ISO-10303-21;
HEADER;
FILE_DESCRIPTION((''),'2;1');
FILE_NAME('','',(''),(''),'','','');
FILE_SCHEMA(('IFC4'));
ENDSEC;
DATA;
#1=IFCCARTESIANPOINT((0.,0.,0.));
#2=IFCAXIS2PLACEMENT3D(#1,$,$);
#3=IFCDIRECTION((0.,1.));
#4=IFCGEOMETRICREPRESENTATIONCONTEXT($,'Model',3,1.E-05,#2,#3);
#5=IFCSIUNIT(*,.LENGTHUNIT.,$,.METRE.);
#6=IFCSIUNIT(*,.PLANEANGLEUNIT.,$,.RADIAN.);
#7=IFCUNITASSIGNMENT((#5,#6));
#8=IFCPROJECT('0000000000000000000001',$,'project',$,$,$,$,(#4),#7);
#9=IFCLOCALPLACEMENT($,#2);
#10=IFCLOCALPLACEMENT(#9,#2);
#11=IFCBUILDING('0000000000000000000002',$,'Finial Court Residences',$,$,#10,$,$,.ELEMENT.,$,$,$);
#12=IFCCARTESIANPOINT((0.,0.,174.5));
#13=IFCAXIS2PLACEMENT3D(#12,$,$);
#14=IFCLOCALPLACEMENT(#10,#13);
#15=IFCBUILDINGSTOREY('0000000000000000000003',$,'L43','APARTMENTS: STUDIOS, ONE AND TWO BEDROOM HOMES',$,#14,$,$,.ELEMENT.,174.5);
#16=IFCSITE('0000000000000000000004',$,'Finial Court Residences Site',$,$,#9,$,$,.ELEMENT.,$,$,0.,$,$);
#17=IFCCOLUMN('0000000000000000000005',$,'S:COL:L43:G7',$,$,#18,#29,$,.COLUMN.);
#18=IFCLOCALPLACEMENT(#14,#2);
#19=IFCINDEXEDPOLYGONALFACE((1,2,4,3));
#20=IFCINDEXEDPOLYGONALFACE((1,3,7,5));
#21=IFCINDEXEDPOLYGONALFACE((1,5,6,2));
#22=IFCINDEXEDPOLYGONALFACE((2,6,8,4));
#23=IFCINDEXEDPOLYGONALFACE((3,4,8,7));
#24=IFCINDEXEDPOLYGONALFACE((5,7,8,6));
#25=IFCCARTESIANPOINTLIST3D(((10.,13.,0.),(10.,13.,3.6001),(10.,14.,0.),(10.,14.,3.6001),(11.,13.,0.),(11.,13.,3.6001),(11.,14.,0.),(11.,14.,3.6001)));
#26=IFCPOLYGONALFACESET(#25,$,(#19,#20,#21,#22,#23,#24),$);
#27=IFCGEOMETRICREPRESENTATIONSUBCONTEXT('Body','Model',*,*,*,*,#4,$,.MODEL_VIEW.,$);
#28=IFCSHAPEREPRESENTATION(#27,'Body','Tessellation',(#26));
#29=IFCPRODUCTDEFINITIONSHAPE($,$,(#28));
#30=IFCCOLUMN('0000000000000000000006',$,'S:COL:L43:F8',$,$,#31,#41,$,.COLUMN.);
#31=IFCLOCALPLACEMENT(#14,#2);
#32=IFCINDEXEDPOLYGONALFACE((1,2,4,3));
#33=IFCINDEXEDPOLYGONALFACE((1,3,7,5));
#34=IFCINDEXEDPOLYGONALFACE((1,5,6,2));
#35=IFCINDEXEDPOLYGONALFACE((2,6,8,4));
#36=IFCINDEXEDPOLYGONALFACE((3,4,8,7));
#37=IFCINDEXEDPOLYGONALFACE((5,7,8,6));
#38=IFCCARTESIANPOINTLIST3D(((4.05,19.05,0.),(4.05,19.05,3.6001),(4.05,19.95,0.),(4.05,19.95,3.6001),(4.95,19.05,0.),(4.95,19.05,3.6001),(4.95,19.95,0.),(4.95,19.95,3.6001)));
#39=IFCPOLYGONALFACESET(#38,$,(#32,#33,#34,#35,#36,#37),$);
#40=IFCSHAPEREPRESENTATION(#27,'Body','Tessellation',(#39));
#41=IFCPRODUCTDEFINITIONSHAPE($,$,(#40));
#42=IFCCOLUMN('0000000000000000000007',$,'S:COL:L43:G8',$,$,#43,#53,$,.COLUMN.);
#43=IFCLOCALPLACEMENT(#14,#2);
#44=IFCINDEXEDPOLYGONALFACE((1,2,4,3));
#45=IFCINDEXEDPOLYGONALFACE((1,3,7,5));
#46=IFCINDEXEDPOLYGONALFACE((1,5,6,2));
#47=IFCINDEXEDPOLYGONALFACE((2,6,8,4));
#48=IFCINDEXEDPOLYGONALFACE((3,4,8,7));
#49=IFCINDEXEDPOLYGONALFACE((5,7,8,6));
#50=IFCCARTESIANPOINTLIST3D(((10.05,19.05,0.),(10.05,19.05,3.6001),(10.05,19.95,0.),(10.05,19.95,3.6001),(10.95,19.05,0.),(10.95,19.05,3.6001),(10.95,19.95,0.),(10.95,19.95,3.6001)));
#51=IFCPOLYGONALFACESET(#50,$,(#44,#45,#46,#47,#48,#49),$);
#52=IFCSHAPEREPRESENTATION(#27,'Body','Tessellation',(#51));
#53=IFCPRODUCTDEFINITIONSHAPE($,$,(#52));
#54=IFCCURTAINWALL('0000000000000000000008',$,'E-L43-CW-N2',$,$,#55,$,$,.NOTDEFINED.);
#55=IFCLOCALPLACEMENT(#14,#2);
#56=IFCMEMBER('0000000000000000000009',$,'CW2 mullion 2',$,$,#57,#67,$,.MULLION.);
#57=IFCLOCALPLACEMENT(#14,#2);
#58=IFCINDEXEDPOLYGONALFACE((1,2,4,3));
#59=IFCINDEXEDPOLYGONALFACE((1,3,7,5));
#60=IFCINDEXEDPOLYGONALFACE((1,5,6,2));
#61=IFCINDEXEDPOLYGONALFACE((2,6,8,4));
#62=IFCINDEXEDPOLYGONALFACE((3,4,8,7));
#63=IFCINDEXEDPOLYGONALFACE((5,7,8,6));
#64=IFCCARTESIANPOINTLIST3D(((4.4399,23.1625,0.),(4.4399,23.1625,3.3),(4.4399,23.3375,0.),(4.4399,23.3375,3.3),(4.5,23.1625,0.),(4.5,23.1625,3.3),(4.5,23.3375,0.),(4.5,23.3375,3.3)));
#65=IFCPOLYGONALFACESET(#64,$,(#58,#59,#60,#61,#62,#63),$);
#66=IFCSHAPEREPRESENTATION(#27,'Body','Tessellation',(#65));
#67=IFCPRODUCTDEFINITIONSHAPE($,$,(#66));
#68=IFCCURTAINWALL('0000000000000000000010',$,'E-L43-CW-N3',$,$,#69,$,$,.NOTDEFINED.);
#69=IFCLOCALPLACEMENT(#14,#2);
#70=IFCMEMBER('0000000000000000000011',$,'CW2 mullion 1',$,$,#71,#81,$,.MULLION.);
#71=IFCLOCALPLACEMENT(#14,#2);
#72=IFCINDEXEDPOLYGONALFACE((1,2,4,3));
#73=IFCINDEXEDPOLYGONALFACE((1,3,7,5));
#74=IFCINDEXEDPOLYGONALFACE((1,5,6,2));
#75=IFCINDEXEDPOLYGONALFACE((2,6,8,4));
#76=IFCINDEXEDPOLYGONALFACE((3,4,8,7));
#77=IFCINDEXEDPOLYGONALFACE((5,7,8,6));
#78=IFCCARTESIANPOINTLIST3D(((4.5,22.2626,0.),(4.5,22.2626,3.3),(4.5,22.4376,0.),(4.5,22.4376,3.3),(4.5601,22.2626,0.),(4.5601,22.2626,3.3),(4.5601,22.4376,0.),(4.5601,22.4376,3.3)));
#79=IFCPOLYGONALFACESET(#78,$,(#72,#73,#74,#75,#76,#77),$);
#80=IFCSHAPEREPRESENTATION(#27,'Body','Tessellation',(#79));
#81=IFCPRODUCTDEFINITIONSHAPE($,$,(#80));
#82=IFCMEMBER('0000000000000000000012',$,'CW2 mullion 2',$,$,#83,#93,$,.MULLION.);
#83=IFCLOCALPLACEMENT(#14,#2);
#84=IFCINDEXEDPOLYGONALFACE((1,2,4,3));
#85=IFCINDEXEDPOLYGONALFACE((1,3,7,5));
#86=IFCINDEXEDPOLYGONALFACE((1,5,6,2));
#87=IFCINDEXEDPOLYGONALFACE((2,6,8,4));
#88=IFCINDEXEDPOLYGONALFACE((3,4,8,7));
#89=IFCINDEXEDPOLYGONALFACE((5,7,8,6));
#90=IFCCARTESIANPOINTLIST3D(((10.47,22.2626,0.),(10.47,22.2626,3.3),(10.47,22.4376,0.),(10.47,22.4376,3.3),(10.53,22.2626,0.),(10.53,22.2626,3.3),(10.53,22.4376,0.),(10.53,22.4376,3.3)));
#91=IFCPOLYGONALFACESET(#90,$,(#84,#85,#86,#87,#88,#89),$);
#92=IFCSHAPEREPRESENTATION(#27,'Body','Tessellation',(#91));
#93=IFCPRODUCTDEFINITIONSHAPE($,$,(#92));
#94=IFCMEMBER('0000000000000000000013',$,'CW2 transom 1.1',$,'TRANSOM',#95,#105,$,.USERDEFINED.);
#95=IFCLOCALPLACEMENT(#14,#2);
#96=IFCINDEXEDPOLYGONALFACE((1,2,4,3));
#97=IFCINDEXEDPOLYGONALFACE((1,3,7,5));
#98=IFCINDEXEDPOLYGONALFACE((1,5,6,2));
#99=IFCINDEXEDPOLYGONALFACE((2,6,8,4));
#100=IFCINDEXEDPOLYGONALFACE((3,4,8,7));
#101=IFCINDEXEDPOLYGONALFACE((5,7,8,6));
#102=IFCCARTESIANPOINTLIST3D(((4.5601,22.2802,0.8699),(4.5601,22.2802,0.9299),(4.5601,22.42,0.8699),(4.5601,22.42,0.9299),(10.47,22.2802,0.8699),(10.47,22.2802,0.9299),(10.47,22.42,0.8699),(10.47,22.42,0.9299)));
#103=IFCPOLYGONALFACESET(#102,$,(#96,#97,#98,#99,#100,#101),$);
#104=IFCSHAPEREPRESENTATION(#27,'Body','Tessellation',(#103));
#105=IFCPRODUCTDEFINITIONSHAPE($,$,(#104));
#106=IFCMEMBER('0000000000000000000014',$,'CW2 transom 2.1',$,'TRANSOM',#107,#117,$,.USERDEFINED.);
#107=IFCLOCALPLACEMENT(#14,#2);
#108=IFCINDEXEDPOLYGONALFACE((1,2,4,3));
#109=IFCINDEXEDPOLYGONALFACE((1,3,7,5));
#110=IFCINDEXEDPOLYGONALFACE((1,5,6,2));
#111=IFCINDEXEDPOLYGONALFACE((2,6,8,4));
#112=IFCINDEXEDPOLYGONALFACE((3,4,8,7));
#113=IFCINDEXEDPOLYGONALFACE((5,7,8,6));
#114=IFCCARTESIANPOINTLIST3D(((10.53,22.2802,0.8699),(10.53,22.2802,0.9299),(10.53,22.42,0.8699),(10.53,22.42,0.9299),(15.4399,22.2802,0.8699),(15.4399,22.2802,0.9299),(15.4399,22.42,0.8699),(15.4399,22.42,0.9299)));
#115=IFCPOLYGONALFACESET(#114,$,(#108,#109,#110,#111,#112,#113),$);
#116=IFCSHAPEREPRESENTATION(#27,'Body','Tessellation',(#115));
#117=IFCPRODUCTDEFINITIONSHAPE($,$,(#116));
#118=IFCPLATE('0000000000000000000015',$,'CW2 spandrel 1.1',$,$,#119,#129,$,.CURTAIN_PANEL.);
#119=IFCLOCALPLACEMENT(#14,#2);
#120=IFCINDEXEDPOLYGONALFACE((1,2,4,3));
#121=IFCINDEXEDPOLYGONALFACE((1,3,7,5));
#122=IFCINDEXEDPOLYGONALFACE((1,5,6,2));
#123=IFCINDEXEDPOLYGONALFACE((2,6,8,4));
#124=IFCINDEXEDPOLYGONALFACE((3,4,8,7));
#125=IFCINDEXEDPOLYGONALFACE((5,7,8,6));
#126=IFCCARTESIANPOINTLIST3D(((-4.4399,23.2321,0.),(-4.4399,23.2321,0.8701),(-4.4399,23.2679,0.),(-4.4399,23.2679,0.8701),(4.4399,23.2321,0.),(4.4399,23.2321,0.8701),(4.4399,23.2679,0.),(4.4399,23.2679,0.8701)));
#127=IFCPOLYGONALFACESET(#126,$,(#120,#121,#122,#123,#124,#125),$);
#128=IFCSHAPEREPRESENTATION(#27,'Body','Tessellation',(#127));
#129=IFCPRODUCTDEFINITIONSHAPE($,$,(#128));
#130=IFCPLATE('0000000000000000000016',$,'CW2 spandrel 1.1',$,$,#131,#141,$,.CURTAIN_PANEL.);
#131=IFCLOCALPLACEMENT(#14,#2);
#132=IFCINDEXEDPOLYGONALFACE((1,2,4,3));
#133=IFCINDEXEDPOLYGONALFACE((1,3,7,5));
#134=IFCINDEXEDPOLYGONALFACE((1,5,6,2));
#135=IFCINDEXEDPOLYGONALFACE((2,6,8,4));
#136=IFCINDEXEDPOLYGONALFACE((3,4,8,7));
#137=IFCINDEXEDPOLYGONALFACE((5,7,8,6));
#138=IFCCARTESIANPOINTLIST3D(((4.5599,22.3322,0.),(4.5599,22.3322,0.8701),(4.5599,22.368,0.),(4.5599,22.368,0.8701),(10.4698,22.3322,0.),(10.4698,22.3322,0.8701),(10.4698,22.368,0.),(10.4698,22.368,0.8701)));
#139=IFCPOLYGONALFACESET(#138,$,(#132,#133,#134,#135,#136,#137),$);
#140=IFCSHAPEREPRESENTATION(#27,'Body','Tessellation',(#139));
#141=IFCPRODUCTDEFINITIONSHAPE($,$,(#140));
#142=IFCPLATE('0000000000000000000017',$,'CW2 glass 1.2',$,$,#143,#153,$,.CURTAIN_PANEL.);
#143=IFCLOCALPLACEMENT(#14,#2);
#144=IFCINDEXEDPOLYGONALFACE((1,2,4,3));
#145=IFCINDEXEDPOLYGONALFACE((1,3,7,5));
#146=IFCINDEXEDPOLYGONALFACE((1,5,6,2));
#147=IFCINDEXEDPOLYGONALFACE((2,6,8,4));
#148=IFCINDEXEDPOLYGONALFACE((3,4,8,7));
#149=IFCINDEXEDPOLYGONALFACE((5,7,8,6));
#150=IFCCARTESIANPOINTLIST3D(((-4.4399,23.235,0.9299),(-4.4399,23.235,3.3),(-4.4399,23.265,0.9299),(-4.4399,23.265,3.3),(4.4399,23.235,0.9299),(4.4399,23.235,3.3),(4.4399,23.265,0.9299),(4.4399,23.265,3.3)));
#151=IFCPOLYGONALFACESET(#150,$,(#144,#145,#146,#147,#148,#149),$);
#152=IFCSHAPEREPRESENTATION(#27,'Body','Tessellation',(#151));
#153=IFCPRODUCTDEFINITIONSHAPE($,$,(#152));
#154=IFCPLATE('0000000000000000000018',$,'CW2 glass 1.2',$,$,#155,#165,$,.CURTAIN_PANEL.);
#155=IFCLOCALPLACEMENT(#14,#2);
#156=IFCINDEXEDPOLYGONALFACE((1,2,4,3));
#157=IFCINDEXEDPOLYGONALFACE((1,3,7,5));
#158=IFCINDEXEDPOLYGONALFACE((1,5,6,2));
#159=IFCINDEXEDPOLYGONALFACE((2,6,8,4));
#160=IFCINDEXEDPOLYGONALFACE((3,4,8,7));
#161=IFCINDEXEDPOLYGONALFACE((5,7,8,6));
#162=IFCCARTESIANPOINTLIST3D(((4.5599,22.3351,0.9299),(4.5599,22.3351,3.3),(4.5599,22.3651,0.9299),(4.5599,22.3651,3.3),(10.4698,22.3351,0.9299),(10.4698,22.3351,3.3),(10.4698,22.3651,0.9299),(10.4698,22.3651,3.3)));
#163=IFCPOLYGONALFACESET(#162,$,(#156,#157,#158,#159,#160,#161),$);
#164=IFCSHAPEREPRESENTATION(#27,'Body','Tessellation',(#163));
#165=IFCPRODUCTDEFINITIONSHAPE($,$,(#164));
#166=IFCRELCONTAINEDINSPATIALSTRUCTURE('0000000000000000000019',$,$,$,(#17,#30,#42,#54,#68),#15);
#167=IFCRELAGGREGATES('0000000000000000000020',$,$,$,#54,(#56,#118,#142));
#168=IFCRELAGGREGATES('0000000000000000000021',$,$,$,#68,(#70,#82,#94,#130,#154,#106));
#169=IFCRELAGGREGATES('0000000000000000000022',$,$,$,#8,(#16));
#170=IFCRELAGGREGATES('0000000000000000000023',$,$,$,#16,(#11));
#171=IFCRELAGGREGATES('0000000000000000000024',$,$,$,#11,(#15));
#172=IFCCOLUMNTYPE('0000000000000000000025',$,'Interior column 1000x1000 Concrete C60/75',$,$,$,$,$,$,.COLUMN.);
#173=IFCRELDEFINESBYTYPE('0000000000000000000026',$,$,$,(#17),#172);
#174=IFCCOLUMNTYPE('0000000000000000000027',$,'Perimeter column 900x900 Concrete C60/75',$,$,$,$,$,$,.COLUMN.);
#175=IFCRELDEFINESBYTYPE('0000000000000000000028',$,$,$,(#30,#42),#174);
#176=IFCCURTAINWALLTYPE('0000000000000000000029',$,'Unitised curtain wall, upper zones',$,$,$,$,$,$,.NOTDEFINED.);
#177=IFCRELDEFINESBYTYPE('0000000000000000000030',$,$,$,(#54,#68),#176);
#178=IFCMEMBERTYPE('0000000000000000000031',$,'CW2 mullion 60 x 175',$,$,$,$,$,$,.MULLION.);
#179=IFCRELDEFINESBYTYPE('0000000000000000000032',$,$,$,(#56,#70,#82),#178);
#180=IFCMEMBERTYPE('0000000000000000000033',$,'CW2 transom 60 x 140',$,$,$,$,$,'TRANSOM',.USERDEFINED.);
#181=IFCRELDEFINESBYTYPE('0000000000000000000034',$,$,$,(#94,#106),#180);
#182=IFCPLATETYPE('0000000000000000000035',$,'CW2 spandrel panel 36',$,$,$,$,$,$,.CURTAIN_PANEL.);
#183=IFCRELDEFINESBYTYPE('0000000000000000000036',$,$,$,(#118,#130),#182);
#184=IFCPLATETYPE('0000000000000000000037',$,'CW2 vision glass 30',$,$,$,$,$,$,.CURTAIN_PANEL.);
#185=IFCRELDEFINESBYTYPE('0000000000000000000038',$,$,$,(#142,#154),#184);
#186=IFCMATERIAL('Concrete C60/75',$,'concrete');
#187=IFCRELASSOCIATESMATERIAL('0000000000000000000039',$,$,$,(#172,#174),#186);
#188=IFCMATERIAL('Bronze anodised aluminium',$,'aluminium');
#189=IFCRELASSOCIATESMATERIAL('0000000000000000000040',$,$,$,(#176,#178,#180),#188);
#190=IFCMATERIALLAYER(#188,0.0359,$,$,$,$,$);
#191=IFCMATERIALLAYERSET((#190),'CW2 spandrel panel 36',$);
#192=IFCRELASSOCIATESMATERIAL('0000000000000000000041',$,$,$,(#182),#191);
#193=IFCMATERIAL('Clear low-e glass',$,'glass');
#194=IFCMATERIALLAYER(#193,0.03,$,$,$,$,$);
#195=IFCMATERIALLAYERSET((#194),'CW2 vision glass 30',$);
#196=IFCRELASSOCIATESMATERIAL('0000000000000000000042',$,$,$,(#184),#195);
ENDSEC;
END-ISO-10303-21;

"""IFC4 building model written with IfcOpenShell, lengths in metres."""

from ifc_helpers import new_model, si_unit, direction, frame, origin, origin_2d, place, context, subcontext, project, spatial, rectangle, extrude, material, layer, layer_set, material_profile, profile_set, type_object, element, aggregate, save


model = new_model("IFC4")

# Units and contexts
model_context = context("Model", 3, precision=1e-05, world=origin(), true_north=direction((0.0, 1.0)))
body_context = subcontext(model_context, "Body", "Model", "MODEL_VIEW")
ifc_project = project(units=[si_unit("LENGTHUNIT", "METRE"), si_unit("PLANEANGLEUNIT", "RADIAN")], contexts=[model_context])

# Site, building, storey
site_placement = place(None, origin())
site = spatial("IfcSite", under=ifc_project, at=site_placement, Name="Finial Court Residences Site", CompositionType="ELEMENT", RefElevation=0.0)
building_placement = place(site_placement, origin())
building = spatial("IfcBuilding", under=site, at=building_placement, Name="Finial Court Residences", CompositionType="ELEMENT")
storey_placement = place(building_placement, frame((0.0, 0.0, 174.5)))
storey = spatial("IfcBuildingStorey", under=building, at=storey_placement, Name="L43", Description="APARTMENTS: STUDIOS, ONE AND TWO BEDROOM HOMES", CompositionType="ELEMENT", Elevation=174.5)

# Columns
ifc_material_1 = material(Name="Concrete C60/75", Category="concrete")
ifc_material_profile_1 = material_profile(ifc_material_1, rectangle(XDim=1.0, YDim=1.0, at=origin_2d()), Name="1000x1000")
ifc_profile_set_1 = profile_set([ifc_material_profile_1], Name="Concrete C60/75")
column_type_1 = type_object("IfcColumnType", Name="Interior column 1000x1000 Concrete C60/75", PredefinedType="COLUMN", material=ifc_profile_set_1)
column_placement = place(storey_placement, frame((10.5, 13.5, 0.0), z_axis=(0.0, 0.0, 1.0), x_axis=(1.0, 0.0, 0.0)))
element("IfcColumn", 1, at=column_placement, inside=storey, type_object=column_type_1, Name="S:COL:L43:G7", PredefinedType="COLUMN", context=body_context, shape_type="SweptSolid", body=[
    extrude(rectangle(XDim=1.0, YDim=1.0, at=origin_2d()), origin(), (0.0, 0.0, 1.0), 3.6001),
])
ifc_material_profile_2 = material_profile(ifc_material_1, rectangle(XDim=0.8999, YDim=0.8999, at=origin_2d()), Name="900x900")
ifc_profile_set_2 = profile_set([ifc_material_profile_2], Name="Concrete C60/75")
column_type_2 = type_object("IfcColumnType", Name="Perimeter column 900x900 Concrete C60/75", PredefinedType="COLUMN", material=ifc_profile_set_2)
for number, where, z_axis, x_axis, name in (
    (2, (4.5, 19.5, 0.0), (0.0, 0.0, 1.0), (1.0, 0.0, 0.0), "S:COL:L43:F8"),
    (3, (10.5, 19.5, 0.0), (0.0, 0.0, 1.0), (1.0, 0.0, 0.0), "S:COL:L43:G8"),
):
    element("IfcColumn", number, at=place(storey_placement, frame(where, z_axis=z_axis, x_axis=x_axis)), inside=storey, type_object=column_type_2, Name=name, PredefinedType="COLUMN", context=body_context, shape_type="SweptSolid", body=[
        extrude(rectangle(XDim=0.8999, YDim=0.8999, at=origin_2d()), origin(), (0.0, 0.0, 1.0), 3.6001),
    ])

# Curtain wall, member
ifc_material_2 = material(Name="Bronze anodised aluminium", Category="aluminium")
curtain_wall_type = type_object("IfcCurtainWallType", Name="Unitised curtain wall, upper zones", PredefinedType="NOTDEFINED", material=ifc_material_2)
curtain_wall_1_placement = place(storey_placement, origin())
curtain_wall_1 = element("IfcCurtainWall", 4, at=curtain_wall_1_placement, inside=storey, type_object=curtain_wall_type, Name="E-L43-CW-N2", PredefinedType="NOTDEFINED")
ifc_material_profile_3 = material_profile(ifc_material_2, rectangle(XDim=0.175, YDim=0.0601, at=origin_2d()), Name="CW2 mullion 60 x 175")
ifc_profile_set_3 = profile_set([ifc_material_profile_3], Name="Bronze anodised aluminium")
member_type_1 = type_object("IfcMemberType", Name="CW2 mullion 60 x 175", PredefinedType="MULLION", material=ifc_profile_set_3)
member_1_placement = place(storey_placement, frame((4.47, 23.25, 0.0), z_axis=(0.0, 0.0, 1.0), x_axis=(0.0, 1.0, 0.0)))
member_1 = element("IfcMember", 5, at=member_1_placement, type_object=member_type_1, Name="CW2 mullion 2", PredefinedType="MULLION", context=body_context, shape_type="SweptSolid", body=[
    extrude(rectangle(XDim=0.175, YDim=0.0601, at=origin_2d()), origin(), (0.0, 0.0, 1.0), 3.3),
])

# Curtain wall, members
curtain_wall_2_placement = place(storey_placement, origin())
curtain_wall_2 = element("IfcCurtainWall", 6, at=curtain_wall_2_placement, inside=storey, type_object=curtain_wall_type, Name="E-L43-CW-N3", PredefinedType="NOTDEFINED")
member_2_placement = place(storey_placement, frame((4.53, 22.3501, 0.0), z_axis=(0.0, 0.0, 1.0), x_axis=(0.0, 1.0, 0.0)))
member_2 = element("IfcMember", 7, at=member_2_placement, type_object=member_type_1, Name="CW2 mullion 1", PredefinedType="MULLION", context=body_context, shape_type="SweptSolid", body=[
    extrude(rectangle(XDim=0.175, YDim=0.0601, at=origin_2d()), origin(), (0.0, 0.0, 1.0), 3.3),
])
member_3_placement = place(storey_placement, frame((10.5, 22.3501, 0.0), z_axis=(0.0, 0.0, 1.0), x_axis=(0.0, 1.0, 0.0)))
member_3 = element("IfcMember", 8, at=member_3_placement, type_object=member_type_1, Name="CW2 mullion 2", PredefinedType="MULLION", context=body_context, shape_type="SweptSolid", body=[
    extrude(rectangle(XDim=0.175, YDim=0.0601, at=origin_2d()), origin(), (0.0, 0.0, 1.0), 3.3),
])
ifc_material_profile_4 = material_profile(ifc_material_2, rectangle(XDim=0.1399, YDim=0.0601, at=origin_2d()), Name="CW2 transom 60 x 140")
ifc_profile_set_4 = profile_set([ifc_material_profile_4], Name="Bronze anodised aluminium")
member_type_2 = type_object("IfcMemberType", Name="CW2 transom 60 x 140", ElementType="TRANSOM", PredefinedType="USERDEFINED", material=ifc_profile_set_4)
member_4_placement = place(storey_placement, frame((4.5601, 22.3501, 0.8999), z_axis=(1.0, 0.0, 0.0), x_axis=(0.0, 1.0, 0.0)))
member_4 = element("IfcMember", 9, at=member_4_placement, type_object=member_type_2, Name="CW2 transom 1.1", ObjectType="TRANSOM", PredefinedType="USERDEFINED", context=body_context, shape_type="SweptSolid", body=[
    extrude(rectangle(XDim=0.1399, YDim=0.0601, at=origin_2d()), origin(), (0.0, 0.0, 1.0), 5.9099),
])
member_5_placement = place(storey_placement, frame((10.53, 22.3501, 0.8999), z_axis=(1.0, 0.0, 0.0), x_axis=(0.0, 1.0, 0.0)))
member_5 = element("IfcMember", 10, at=member_5_placement, type_object=member_type_2, Name="CW2 transom 2.1", ObjectType="TRANSOM", PredefinedType="USERDEFINED", context=body_context, shape_type="SweptSolid", body=[
    extrude(rectangle(XDim=0.1399, YDim=0.0601, at=origin_2d()), origin(), (0.0, 0.0, 1.0), 4.9099),
])

# Plates
ifc_layer_1 = layer(ifc_material_2, 0.0359)
ifc_layer_set_1 = layer_set([ifc_layer_1], Name="CW2 spandrel panel 36")
plate_type_1 = type_object("IfcPlateType", Name="CW2 spandrel panel 36", PredefinedType="CURTAIN_PANEL", material=ifc_layer_set_1)
plate_1_placement = place(storey_placement, frame((0.0, 23.25, 0.0), z_axis=(0.0, 0.0, 1.0), x_axis=(1.0, 0.0, 0.0)))
plate_1 = element("IfcPlate", 11, at=plate_1_placement, type_object=plate_type_1, Name="CW2 spandrel 1.1", PredefinedType="CURTAIN_PANEL", context=body_context, shape_type="SweptSolid", body=[
    extrude(rectangle(XDim=8.8799, YDim=0.0359, at=origin_2d()), origin(), (0.0, 0.0, 1.0), 0.8701),
])
plate_2_placement = place(storey_placement, frame((7.5149, 22.3501, 0.0), z_axis=(0.0, 0.0, 1.0), x_axis=(1.0, 0.0, 0.0)))
plate_2 = element("IfcPlate", 12, at=plate_2_placement, type_object=plate_type_1, Name="CW2 spandrel 1.1", PredefinedType="CURTAIN_PANEL", context=body_context, shape_type="SweptSolid", body=[
    extrude(rectangle(XDim=5.9099, YDim=0.0359, at=origin_2d()), origin(), (0.0, 0.0, 1.0), 0.8701),
])
ifc_material_3 = material(Name="Clear low-e glass", Category="glass")
ifc_layer_2 = layer(ifc_material_3, 0.03)
ifc_layer_set_2 = layer_set([ifc_layer_2], Name="CW2 vision glass 30")
plate_type_2 = type_object("IfcPlateType", Name="CW2 vision glass 30", PredefinedType="CURTAIN_PANEL", material=ifc_layer_set_2)
plate_3_placement = place(storey_placement, frame((0.0, 23.25, 0.9299), z_axis=(0.0, 0.0, 1.0), x_axis=(1.0, 0.0, 0.0)))
plate_3 = element("IfcPlate", 13, at=plate_3_placement, type_object=plate_type_2, Name="CW2 glass 1.2", PredefinedType="CURTAIN_PANEL", context=body_context, shape_type="SweptSolid", body=[
    extrude(rectangle(XDim=8.8799, YDim=0.03, at=origin_2d()), origin(), (0.0, 0.0, 1.0), 2.3701),
])
aggregate(curtain_wall_1, [member_1, plate_1, plate_3])
plate_4_placement = place(storey_placement, frame((7.5149, 22.3501, 0.9299), z_axis=(0.0, 0.0, 1.0), x_axis=(1.0, 0.0, 0.0)))
plate_4 = element("IfcPlate", 14, at=plate_4_placement, type_object=plate_type_2, Name="CW2 glass 1.2", PredefinedType="CURTAIN_PANEL", context=body_context, shape_type="SweptSolid", body=[
    extrude(rectangle(XDim=5.9099, YDim=0.03, at=origin_2d()), origin(), (0.0, 0.0, 1.0), 2.3701),
])
aggregate(curtain_wall_2, [member_2, member_3, member_4, plate_2, plate_4, member_5])

save(model, "model.ifc")
